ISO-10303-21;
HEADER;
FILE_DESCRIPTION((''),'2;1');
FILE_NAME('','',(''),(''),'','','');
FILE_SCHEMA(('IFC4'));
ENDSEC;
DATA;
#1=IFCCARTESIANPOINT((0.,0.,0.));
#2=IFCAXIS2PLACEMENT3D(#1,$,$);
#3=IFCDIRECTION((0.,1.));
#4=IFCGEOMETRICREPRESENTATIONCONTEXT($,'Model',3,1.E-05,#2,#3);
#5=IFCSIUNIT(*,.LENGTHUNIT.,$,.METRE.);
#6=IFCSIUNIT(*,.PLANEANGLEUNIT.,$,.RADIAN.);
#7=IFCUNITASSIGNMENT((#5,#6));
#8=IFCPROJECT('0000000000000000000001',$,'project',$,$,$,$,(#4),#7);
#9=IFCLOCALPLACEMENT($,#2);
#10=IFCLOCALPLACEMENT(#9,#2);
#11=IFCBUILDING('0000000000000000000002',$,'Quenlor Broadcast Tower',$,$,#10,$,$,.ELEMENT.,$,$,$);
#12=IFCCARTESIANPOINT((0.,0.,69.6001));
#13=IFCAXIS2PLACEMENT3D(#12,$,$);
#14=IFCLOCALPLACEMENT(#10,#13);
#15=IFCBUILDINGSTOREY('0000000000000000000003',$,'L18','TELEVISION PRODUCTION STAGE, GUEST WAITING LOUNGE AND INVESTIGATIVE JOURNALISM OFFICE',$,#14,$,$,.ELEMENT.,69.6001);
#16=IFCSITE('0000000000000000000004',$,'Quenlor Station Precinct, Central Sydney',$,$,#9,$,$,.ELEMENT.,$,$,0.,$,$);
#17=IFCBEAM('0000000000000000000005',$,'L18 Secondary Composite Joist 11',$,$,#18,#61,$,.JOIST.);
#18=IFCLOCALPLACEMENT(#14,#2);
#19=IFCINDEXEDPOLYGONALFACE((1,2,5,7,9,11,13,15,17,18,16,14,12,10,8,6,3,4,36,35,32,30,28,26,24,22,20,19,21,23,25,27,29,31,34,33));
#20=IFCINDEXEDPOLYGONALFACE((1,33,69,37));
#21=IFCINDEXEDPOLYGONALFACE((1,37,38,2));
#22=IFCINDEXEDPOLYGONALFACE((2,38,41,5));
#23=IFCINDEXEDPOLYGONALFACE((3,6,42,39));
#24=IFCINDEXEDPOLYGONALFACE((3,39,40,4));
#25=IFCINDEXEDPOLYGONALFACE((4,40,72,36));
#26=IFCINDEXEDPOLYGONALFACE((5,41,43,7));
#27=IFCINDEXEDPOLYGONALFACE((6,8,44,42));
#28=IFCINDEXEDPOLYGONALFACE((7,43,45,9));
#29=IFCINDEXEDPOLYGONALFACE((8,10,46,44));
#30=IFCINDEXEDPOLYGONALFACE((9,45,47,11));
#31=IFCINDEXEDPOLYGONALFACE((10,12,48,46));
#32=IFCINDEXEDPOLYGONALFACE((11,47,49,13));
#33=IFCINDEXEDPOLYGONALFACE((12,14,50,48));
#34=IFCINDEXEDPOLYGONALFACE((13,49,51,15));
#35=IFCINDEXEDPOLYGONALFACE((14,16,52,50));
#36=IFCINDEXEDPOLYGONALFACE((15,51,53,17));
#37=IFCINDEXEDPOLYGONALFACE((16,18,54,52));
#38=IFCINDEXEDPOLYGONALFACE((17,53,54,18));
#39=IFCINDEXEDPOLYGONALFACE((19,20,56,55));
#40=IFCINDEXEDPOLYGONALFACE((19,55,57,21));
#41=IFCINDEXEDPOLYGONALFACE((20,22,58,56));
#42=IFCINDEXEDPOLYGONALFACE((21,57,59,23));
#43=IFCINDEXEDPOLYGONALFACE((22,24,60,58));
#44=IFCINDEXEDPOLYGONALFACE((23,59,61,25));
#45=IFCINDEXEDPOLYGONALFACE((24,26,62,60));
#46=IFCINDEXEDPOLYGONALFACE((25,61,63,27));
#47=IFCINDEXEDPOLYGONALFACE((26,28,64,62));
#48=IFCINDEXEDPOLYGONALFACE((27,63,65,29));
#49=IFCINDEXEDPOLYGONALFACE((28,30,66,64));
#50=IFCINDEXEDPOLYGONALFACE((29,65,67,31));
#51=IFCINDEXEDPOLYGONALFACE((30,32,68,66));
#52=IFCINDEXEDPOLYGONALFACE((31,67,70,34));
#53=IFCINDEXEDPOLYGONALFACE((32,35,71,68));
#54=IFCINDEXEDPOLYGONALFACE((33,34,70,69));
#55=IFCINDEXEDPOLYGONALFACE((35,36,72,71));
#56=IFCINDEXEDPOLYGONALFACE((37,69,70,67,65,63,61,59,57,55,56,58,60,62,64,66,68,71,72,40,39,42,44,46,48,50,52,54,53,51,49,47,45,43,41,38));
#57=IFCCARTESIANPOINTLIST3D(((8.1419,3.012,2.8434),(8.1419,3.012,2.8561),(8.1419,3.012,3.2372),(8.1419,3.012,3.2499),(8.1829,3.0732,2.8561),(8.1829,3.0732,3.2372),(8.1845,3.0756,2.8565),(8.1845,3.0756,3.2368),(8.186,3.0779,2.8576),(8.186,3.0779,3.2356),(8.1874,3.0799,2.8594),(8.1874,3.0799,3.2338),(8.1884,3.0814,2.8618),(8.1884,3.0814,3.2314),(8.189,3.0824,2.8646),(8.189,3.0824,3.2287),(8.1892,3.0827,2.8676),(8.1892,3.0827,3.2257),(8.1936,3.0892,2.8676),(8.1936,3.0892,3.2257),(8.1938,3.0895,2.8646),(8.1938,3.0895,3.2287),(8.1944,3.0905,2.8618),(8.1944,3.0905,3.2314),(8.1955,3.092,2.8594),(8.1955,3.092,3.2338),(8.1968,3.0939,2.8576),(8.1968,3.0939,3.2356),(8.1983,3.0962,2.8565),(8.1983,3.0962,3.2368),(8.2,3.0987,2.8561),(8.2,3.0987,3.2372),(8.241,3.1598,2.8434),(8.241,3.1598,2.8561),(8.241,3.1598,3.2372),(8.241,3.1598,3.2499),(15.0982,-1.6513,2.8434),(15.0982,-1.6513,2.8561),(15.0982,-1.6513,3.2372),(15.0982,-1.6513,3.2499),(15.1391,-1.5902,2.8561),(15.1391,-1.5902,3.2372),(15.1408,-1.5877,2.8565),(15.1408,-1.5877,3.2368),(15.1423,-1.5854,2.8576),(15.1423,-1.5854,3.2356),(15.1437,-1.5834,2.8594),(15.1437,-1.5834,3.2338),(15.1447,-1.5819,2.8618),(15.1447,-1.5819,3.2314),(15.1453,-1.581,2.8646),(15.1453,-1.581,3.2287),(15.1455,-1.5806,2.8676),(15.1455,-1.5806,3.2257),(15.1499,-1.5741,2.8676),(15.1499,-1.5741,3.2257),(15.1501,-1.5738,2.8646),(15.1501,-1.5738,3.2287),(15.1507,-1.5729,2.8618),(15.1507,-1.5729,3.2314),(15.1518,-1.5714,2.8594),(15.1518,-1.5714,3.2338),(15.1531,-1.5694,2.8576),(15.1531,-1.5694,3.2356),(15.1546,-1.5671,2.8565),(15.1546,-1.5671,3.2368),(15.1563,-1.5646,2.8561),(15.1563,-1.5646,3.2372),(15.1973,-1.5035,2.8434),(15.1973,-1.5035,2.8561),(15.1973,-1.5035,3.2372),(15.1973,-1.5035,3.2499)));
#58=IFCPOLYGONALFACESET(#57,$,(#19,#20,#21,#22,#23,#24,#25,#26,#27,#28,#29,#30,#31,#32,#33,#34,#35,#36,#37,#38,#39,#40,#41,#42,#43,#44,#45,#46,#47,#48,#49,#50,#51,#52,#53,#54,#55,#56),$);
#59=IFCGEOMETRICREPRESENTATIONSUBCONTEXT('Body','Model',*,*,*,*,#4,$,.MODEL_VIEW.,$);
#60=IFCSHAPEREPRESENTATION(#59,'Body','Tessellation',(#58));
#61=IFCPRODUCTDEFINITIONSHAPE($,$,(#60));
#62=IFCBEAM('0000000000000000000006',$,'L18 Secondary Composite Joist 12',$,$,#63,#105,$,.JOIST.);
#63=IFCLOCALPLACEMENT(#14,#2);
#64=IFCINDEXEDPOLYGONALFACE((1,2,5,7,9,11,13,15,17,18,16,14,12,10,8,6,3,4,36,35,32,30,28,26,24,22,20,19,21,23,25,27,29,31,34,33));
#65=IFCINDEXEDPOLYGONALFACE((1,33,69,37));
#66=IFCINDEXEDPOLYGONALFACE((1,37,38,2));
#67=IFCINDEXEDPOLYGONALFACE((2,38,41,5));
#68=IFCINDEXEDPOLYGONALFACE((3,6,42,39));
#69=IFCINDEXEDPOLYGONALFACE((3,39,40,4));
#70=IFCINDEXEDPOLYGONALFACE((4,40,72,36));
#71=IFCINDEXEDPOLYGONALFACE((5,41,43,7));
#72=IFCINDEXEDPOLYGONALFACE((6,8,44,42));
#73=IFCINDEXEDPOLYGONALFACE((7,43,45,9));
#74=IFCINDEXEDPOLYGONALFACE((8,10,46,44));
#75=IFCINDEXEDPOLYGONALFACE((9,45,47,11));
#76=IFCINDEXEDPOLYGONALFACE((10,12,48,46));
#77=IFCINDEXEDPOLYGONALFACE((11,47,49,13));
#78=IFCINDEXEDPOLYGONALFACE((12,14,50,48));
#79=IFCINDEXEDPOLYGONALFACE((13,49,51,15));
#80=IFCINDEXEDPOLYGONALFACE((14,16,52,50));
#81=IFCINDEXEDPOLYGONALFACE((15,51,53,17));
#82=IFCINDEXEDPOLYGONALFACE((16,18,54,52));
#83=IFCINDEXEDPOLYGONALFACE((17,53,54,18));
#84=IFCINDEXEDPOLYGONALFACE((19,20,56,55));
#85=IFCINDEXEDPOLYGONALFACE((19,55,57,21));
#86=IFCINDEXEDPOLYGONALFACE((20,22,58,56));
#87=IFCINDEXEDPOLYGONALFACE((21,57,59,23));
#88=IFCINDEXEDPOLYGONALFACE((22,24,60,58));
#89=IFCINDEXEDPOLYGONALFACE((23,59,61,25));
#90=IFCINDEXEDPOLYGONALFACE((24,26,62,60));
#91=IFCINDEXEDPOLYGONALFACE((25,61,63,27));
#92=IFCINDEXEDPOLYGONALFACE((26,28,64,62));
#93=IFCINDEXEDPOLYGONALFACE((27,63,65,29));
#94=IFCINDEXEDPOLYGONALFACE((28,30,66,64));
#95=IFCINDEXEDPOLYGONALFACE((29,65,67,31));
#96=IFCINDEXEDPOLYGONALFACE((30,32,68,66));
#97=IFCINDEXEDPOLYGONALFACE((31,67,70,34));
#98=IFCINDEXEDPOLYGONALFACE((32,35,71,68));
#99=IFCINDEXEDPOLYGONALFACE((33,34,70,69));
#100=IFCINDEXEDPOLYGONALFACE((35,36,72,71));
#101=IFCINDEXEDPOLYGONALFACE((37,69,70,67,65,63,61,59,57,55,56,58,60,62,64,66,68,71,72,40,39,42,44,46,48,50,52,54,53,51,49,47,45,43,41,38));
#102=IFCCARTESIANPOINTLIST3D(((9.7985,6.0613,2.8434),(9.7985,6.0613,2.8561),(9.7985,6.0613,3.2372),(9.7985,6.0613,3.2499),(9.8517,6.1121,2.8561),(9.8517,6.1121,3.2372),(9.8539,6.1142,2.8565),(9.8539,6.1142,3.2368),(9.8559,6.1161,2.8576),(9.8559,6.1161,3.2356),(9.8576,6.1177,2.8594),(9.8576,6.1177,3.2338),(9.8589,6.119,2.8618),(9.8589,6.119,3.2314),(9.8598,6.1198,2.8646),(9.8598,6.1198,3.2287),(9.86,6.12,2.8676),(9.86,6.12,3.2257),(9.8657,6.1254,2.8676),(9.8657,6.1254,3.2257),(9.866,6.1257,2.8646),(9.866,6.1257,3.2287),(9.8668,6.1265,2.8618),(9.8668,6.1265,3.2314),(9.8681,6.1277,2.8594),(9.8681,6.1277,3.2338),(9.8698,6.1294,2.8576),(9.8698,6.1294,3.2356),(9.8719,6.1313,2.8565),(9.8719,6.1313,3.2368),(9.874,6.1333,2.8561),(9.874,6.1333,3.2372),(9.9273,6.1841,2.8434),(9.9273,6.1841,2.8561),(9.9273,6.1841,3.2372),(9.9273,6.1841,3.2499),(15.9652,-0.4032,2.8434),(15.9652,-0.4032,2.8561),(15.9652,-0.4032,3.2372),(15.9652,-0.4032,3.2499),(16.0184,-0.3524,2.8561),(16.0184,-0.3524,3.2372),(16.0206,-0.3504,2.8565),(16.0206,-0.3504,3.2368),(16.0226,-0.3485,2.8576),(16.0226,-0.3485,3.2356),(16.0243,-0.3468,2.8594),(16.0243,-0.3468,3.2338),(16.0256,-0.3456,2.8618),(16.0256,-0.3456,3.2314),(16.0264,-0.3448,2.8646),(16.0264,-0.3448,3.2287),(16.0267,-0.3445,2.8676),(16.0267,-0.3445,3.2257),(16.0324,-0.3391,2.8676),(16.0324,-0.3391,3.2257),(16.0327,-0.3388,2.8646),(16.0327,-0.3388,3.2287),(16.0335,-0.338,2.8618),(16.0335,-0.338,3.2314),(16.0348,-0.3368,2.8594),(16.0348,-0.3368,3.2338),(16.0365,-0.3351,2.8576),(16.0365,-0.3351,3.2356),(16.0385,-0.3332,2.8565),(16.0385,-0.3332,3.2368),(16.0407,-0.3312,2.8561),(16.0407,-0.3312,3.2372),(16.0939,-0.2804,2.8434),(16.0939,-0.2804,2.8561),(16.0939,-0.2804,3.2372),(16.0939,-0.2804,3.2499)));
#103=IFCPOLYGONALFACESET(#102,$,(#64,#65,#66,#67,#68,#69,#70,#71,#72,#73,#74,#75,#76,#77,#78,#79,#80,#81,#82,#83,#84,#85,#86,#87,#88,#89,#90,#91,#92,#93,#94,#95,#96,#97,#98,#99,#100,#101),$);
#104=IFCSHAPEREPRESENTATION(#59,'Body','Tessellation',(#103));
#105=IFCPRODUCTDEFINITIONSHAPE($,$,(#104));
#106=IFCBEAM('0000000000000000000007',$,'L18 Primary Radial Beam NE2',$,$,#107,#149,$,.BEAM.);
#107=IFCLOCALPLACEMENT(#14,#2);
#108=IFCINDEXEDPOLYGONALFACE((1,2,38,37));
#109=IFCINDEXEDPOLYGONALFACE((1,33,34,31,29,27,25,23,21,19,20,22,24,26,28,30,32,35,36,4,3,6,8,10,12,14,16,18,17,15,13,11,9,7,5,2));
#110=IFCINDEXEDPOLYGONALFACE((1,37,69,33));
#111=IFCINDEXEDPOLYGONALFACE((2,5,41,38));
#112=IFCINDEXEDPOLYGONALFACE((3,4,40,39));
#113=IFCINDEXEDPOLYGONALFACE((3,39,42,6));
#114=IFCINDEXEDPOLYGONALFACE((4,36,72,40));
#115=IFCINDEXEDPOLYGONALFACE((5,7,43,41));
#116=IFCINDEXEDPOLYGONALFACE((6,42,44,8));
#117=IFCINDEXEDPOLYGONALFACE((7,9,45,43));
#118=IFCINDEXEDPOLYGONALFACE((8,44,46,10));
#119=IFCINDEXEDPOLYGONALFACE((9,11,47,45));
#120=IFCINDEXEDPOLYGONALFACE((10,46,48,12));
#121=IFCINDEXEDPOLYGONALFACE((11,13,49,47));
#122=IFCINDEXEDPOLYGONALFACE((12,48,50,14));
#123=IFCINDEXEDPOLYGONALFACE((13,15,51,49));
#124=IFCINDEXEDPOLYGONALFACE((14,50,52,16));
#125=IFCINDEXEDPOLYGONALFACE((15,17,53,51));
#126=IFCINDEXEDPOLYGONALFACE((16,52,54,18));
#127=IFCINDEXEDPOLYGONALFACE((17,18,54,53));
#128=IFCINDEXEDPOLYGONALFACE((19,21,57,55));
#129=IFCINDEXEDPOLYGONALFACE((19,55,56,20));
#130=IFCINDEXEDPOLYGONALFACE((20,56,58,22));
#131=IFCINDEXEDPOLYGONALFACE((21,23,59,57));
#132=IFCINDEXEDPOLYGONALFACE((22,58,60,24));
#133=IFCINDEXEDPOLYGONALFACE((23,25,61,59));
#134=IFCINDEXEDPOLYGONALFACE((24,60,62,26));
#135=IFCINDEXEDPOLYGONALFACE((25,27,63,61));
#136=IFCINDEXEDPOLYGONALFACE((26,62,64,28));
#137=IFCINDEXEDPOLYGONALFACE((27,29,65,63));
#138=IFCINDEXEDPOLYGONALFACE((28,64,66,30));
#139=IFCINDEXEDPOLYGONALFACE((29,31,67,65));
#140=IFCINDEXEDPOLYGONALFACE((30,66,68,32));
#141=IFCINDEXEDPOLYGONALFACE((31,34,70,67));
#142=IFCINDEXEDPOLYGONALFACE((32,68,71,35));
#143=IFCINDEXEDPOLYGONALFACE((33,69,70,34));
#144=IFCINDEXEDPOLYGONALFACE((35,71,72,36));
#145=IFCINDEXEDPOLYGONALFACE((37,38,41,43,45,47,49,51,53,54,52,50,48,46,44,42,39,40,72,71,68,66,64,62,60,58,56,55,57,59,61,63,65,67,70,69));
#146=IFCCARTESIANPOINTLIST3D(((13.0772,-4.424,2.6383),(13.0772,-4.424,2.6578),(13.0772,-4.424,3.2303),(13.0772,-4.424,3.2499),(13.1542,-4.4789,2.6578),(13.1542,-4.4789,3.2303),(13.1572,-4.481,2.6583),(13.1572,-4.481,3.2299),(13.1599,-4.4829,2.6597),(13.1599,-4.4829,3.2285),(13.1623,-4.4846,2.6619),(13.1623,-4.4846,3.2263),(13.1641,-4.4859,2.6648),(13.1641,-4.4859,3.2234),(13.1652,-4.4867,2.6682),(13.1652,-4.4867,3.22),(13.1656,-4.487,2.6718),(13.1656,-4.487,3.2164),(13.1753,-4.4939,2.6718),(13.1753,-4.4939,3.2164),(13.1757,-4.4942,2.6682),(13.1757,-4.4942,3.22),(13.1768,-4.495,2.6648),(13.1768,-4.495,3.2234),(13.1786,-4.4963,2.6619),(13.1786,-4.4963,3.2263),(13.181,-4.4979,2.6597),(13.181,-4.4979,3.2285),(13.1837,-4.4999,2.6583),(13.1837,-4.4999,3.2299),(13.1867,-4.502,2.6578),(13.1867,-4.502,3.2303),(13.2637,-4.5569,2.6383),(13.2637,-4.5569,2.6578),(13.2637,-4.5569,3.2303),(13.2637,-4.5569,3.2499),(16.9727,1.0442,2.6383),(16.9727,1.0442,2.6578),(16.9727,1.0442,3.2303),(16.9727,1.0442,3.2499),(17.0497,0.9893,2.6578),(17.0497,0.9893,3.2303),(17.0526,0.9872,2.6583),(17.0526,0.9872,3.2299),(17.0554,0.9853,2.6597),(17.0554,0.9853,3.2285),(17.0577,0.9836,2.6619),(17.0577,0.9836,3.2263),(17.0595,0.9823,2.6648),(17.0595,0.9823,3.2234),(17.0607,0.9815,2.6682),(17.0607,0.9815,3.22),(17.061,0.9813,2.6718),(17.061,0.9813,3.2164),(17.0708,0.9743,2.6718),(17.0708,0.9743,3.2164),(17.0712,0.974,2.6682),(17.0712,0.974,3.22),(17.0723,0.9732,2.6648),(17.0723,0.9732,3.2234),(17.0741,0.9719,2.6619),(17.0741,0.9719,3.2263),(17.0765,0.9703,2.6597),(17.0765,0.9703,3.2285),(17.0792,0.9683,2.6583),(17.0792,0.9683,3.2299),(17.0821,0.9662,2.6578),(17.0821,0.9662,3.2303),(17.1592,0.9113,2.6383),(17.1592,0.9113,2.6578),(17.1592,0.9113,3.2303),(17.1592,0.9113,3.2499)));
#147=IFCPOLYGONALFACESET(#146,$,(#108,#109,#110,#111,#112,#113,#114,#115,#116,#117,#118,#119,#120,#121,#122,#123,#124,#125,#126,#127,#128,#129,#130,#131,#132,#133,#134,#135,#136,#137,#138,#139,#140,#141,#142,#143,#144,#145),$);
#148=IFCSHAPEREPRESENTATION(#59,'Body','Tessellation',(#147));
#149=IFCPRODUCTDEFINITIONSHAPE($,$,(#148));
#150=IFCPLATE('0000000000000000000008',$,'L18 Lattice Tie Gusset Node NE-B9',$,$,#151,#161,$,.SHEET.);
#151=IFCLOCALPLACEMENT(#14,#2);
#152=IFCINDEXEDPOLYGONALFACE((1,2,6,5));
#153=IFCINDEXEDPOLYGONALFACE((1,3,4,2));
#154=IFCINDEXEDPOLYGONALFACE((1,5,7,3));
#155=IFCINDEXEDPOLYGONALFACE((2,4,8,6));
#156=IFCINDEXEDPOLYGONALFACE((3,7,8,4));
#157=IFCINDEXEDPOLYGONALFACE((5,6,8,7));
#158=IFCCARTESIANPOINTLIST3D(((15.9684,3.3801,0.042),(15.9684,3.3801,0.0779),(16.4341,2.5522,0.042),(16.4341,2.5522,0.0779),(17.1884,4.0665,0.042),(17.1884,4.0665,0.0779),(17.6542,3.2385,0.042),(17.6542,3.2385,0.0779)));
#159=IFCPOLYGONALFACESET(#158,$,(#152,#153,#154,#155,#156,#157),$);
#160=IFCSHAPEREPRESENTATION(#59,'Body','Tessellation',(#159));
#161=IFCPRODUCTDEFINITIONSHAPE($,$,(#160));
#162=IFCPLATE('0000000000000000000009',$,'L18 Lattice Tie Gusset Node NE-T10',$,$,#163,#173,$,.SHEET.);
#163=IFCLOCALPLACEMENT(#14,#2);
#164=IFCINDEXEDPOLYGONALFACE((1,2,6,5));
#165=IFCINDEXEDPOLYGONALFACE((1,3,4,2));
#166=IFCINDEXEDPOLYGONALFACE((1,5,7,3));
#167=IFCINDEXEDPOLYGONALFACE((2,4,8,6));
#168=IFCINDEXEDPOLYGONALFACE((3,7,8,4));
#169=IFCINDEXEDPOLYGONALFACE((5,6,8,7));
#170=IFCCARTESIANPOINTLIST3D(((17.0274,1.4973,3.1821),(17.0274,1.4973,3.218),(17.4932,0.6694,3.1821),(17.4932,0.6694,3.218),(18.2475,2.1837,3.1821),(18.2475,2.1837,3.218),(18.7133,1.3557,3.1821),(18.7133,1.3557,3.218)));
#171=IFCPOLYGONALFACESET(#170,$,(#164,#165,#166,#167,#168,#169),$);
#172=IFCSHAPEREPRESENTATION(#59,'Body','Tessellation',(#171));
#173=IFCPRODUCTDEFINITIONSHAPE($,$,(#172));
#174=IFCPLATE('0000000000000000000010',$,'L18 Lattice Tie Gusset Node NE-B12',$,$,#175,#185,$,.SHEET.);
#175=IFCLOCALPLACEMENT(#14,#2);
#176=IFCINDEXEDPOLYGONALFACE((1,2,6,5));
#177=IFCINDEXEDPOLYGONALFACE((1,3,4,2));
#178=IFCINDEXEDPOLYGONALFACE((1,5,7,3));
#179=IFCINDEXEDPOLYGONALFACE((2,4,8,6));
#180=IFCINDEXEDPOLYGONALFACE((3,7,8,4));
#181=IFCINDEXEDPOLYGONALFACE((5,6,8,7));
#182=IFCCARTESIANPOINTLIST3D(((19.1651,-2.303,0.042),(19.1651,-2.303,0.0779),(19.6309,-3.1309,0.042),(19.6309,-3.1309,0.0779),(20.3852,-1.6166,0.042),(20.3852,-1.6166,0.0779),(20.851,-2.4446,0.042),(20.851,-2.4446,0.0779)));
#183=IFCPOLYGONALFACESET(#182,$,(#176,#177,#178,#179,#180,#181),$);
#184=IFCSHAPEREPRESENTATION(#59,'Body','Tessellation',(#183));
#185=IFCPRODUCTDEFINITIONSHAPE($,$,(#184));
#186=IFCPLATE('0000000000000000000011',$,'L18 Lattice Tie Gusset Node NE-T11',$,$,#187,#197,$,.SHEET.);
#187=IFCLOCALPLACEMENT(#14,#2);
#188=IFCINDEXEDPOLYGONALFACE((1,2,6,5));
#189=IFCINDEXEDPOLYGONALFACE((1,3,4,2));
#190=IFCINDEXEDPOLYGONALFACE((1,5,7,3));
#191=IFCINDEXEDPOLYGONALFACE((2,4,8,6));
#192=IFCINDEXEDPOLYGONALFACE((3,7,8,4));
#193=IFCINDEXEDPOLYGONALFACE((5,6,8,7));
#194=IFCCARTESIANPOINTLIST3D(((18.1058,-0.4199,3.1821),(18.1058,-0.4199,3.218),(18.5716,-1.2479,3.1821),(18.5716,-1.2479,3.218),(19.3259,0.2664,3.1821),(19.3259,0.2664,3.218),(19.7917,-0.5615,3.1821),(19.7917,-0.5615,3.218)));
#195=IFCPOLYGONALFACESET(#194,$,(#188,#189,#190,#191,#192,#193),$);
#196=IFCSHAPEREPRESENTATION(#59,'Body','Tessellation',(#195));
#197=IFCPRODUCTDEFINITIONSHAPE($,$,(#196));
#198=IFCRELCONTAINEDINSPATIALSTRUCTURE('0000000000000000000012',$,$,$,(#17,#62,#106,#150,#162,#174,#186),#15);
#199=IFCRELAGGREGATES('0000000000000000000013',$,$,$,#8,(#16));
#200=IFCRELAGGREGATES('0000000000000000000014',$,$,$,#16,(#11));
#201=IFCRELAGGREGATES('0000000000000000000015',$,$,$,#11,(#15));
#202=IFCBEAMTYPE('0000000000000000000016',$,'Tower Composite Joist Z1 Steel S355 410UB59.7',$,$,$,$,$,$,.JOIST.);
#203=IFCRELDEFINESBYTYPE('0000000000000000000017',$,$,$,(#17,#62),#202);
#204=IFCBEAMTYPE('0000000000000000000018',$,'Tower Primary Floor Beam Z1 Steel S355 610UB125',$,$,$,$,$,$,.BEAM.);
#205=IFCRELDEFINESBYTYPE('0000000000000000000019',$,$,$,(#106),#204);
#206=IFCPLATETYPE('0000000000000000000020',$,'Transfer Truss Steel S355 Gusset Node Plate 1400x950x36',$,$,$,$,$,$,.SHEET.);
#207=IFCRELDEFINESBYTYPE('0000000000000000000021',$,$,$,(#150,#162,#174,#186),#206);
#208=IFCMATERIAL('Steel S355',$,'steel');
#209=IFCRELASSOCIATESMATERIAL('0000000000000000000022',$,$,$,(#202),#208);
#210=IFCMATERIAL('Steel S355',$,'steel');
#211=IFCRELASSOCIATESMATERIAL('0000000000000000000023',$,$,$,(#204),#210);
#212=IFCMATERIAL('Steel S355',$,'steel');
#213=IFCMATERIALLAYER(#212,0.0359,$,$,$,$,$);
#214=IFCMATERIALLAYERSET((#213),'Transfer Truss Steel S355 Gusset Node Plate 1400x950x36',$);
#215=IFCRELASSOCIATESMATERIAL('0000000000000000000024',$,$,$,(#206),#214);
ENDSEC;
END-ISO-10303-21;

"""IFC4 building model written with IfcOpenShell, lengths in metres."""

from ifc_helpers import new_model, si_unit, direction, frame, origin, origin_2d, place, context, subcontext, project, spatial, rectangle, i_section, extrude, material, layer, layer_set, material_profile, profile_set, type_object, element, save


model = new_model("IFC4")

# Units and contexts
model_context = context("Model", 3, precision=1e-05, world=origin(), true_north=direction((0.0, 1.0)))
body_context = subcontext(model_context, "Body", "Model", "MODEL_VIEW")
ifc_project = project(units=[si_unit("LENGTHUNIT", "METRE"), si_unit("PLANEANGLEUNIT", "RADIAN")], contexts=[model_context])

# Site, building, storey
site_placement = place(None, origin())
site = spatial("IfcSite", under=ifc_project, at=site_placement, Name="Quenlor Station Precinct, Central Sydney", CompositionType="ELEMENT", RefElevation=0.0)
building_placement = place(site_placement, origin())
building = spatial("IfcBuilding", under=site, at=building_placement, Name="Quenlor Broadcast Tower", CompositionType="ELEMENT")
storey_placement = place(building_placement, frame((0.0, 0.0, 69.6001)))
storey = spatial("IfcBuildingStorey", under=building, at=storey_placement, Name="L18", Description="TELEVISION PRODUCTION STAGE, GUEST WAITING LOUNGE AND INVESTIGATIVE JOURNALISM OFFICE", CompositionType="ELEMENT", Elevation=69.6001)

# Beams
ifc_material_1 = material(Name="Steel S355", Category="steel")
ifc_material_profile_1 = material_profile(ifc_material_1, i_section(OverallWidth=0.178, OverallDepth=0.4065, WebThickness=0.0078, FlangeThickness=0.0127, FilletRadius=0.0115, at=origin_2d()))
ifc_profile_set_1 = profile_set([ifc_material_profile_1], Name="Steel S355 410UB59.7")
beam_type_1 = type_object("IfcBeamType", Name="Tower Composite Joist Z1 Steel S355 410UB59.7", PredefinedType="JOIST", material=ifc_profile_set_1)
beam_1_placement = place(storey_placement, frame((15.1477, -1.5774, 3.0466), z_axis=(-0.830626, 0.556831, 0.0), x_axis=(-0.556831, -0.830626, 0.0)))
element("IfcBeam", 1, at=beam_1_placement, inside=storey, type_object=beam_type_1, Name="L18 Secondary Composite Joist 11", PredefinedType="JOIST", context=body_context, shape_type="SweptSolid", body=[
    extrude(i_section(OverallWidth=0.178, OverallDepth=0.4065, WebThickness=0.0078, FlangeThickness=0.0127, FilletRadius=0.0115, at=origin_2d()), origin(), (0.0, 0.0, 1.0), 8.3748),
])
beam_2_placement = place(storey_placement, frame((16.0295, -0.3418, 3.0466), z_axis=(-0.690241, 0.723579, 0.0), x_axis=(-0.723579, -0.690241, 0.0)))
element("IfcBeam", 2, at=beam_2_placement, inside=storey, type_object=beam_type_1, Name="L18 Secondary Composite Joist 12", PredefinedType="JOIST", context=body_context, shape_type="SweptSolid", body=[
    extrude(i_section(OverallWidth=0.178, OverallDepth=0.4065, WebThickness=0.0078, FlangeThickness=0.0127, FilletRadius=0.0115, at=origin_2d()), origin(), (0.0, 0.0, 1.0), 8.9341),
])
ifc_material_2 = material(Name="Steel S355", Category="steel")
ifc_material_profile_2 = material_profile(ifc_material_2, i_section(OverallWidth=0.229, OverallDepth=0.6116, WebThickness=0.012, FlangeThickness=0.0195, FilletRadius=0.0139, at=origin_2d()))
ifc_profile_set_2 = profile_set([ifc_material_profile_2], Name="Steel S355 610UB125")
beam_type_2 = type_object("IfcBeamType", Name="Tower Primary Floor Beam Z1 Steel S355 610UB125", PredefinedType="BEAM", material=ifc_profile_set_2)
beam_3_placement = place(storey_placement, frame((17.0659, 0.9778, 2.9441), z_axis=(-0.580213, -0.814465, 0.0), x_axis=(0.814465, -0.580213, 0.0)))
element("IfcBeam", 3, at=beam_3_placement, inside=storey, type_object=beam_type_2, Name="L18 Primary Radial Beam NE2", PredefinedType="BEAM", context=body_context, shape_type="SweptSolid", body=[
    extrude(i_section(OverallWidth=0.229, OverallDepth=0.6116, WebThickness=0.012, FlangeThickness=0.0195, FilletRadius=0.0139, at=origin_2d()), origin(), (0.0, 0.0, 1.0), 6.7139),
])

# Plates
ifc_material_3 = material(Name="Steel S355", Category="steel")
ifc_layer_1 = layer(ifc_material_3, 0.0359)
ifc_layer_set_1 = layer_set([ifc_layer_1], Name="Transfer Truss Steel S355 Gusset Node Plate 1400x950x36")
plate_type = type_object("IfcPlateType", Name="Transfer Truss Steel S355 Gusset Node Plate 1400x950x36", PredefinedType="SHEET", material=ifc_layer_set_1)
for number, where, z_axis, x_axis, name in (
    (4, (16.8113, 3.3093, 0.042), (0.0, 0.0, 1.0), (0.871556, 0.490295, 0.0), "L18 Lattice Tie Gusset Node NE-B9"),
    (5, (17.8704, 1.4265, 3.1821), (0.0, 0.0, 1.0), (0.871556, 0.490295, 0.0), "L18 Lattice Tie Gusset Node NE-T10"),
    (6, (20.0081, -2.3738, 0.042), (0.0, 0.0, 1.0), (0.871556, 0.490295, 0.0), "L18 Lattice Tie Gusset Node NE-B12"),
    (7, (18.9487, -0.4907, 3.1821), (0.0, 0.0, 1.0), (0.871556, 0.490295, 0.0), "L18 Lattice Tie Gusset Node NE-T11"),
):
    element("IfcPlate", number, at=place(storey_placement, frame(where, z_axis=z_axis, x_axis=x_axis)), inside=storey, type_object=plate_type, Name=name, PredefinedType="SHEET", context=body_context, shape_type="SweptSolid", body=[
        extrude(rectangle(XDim=1.3999, YDim=0.95, at=origin_2d()), origin(), (0.0, 0.0, 1.0), 0.0359),
    ])

save(model, "model.ifc")
